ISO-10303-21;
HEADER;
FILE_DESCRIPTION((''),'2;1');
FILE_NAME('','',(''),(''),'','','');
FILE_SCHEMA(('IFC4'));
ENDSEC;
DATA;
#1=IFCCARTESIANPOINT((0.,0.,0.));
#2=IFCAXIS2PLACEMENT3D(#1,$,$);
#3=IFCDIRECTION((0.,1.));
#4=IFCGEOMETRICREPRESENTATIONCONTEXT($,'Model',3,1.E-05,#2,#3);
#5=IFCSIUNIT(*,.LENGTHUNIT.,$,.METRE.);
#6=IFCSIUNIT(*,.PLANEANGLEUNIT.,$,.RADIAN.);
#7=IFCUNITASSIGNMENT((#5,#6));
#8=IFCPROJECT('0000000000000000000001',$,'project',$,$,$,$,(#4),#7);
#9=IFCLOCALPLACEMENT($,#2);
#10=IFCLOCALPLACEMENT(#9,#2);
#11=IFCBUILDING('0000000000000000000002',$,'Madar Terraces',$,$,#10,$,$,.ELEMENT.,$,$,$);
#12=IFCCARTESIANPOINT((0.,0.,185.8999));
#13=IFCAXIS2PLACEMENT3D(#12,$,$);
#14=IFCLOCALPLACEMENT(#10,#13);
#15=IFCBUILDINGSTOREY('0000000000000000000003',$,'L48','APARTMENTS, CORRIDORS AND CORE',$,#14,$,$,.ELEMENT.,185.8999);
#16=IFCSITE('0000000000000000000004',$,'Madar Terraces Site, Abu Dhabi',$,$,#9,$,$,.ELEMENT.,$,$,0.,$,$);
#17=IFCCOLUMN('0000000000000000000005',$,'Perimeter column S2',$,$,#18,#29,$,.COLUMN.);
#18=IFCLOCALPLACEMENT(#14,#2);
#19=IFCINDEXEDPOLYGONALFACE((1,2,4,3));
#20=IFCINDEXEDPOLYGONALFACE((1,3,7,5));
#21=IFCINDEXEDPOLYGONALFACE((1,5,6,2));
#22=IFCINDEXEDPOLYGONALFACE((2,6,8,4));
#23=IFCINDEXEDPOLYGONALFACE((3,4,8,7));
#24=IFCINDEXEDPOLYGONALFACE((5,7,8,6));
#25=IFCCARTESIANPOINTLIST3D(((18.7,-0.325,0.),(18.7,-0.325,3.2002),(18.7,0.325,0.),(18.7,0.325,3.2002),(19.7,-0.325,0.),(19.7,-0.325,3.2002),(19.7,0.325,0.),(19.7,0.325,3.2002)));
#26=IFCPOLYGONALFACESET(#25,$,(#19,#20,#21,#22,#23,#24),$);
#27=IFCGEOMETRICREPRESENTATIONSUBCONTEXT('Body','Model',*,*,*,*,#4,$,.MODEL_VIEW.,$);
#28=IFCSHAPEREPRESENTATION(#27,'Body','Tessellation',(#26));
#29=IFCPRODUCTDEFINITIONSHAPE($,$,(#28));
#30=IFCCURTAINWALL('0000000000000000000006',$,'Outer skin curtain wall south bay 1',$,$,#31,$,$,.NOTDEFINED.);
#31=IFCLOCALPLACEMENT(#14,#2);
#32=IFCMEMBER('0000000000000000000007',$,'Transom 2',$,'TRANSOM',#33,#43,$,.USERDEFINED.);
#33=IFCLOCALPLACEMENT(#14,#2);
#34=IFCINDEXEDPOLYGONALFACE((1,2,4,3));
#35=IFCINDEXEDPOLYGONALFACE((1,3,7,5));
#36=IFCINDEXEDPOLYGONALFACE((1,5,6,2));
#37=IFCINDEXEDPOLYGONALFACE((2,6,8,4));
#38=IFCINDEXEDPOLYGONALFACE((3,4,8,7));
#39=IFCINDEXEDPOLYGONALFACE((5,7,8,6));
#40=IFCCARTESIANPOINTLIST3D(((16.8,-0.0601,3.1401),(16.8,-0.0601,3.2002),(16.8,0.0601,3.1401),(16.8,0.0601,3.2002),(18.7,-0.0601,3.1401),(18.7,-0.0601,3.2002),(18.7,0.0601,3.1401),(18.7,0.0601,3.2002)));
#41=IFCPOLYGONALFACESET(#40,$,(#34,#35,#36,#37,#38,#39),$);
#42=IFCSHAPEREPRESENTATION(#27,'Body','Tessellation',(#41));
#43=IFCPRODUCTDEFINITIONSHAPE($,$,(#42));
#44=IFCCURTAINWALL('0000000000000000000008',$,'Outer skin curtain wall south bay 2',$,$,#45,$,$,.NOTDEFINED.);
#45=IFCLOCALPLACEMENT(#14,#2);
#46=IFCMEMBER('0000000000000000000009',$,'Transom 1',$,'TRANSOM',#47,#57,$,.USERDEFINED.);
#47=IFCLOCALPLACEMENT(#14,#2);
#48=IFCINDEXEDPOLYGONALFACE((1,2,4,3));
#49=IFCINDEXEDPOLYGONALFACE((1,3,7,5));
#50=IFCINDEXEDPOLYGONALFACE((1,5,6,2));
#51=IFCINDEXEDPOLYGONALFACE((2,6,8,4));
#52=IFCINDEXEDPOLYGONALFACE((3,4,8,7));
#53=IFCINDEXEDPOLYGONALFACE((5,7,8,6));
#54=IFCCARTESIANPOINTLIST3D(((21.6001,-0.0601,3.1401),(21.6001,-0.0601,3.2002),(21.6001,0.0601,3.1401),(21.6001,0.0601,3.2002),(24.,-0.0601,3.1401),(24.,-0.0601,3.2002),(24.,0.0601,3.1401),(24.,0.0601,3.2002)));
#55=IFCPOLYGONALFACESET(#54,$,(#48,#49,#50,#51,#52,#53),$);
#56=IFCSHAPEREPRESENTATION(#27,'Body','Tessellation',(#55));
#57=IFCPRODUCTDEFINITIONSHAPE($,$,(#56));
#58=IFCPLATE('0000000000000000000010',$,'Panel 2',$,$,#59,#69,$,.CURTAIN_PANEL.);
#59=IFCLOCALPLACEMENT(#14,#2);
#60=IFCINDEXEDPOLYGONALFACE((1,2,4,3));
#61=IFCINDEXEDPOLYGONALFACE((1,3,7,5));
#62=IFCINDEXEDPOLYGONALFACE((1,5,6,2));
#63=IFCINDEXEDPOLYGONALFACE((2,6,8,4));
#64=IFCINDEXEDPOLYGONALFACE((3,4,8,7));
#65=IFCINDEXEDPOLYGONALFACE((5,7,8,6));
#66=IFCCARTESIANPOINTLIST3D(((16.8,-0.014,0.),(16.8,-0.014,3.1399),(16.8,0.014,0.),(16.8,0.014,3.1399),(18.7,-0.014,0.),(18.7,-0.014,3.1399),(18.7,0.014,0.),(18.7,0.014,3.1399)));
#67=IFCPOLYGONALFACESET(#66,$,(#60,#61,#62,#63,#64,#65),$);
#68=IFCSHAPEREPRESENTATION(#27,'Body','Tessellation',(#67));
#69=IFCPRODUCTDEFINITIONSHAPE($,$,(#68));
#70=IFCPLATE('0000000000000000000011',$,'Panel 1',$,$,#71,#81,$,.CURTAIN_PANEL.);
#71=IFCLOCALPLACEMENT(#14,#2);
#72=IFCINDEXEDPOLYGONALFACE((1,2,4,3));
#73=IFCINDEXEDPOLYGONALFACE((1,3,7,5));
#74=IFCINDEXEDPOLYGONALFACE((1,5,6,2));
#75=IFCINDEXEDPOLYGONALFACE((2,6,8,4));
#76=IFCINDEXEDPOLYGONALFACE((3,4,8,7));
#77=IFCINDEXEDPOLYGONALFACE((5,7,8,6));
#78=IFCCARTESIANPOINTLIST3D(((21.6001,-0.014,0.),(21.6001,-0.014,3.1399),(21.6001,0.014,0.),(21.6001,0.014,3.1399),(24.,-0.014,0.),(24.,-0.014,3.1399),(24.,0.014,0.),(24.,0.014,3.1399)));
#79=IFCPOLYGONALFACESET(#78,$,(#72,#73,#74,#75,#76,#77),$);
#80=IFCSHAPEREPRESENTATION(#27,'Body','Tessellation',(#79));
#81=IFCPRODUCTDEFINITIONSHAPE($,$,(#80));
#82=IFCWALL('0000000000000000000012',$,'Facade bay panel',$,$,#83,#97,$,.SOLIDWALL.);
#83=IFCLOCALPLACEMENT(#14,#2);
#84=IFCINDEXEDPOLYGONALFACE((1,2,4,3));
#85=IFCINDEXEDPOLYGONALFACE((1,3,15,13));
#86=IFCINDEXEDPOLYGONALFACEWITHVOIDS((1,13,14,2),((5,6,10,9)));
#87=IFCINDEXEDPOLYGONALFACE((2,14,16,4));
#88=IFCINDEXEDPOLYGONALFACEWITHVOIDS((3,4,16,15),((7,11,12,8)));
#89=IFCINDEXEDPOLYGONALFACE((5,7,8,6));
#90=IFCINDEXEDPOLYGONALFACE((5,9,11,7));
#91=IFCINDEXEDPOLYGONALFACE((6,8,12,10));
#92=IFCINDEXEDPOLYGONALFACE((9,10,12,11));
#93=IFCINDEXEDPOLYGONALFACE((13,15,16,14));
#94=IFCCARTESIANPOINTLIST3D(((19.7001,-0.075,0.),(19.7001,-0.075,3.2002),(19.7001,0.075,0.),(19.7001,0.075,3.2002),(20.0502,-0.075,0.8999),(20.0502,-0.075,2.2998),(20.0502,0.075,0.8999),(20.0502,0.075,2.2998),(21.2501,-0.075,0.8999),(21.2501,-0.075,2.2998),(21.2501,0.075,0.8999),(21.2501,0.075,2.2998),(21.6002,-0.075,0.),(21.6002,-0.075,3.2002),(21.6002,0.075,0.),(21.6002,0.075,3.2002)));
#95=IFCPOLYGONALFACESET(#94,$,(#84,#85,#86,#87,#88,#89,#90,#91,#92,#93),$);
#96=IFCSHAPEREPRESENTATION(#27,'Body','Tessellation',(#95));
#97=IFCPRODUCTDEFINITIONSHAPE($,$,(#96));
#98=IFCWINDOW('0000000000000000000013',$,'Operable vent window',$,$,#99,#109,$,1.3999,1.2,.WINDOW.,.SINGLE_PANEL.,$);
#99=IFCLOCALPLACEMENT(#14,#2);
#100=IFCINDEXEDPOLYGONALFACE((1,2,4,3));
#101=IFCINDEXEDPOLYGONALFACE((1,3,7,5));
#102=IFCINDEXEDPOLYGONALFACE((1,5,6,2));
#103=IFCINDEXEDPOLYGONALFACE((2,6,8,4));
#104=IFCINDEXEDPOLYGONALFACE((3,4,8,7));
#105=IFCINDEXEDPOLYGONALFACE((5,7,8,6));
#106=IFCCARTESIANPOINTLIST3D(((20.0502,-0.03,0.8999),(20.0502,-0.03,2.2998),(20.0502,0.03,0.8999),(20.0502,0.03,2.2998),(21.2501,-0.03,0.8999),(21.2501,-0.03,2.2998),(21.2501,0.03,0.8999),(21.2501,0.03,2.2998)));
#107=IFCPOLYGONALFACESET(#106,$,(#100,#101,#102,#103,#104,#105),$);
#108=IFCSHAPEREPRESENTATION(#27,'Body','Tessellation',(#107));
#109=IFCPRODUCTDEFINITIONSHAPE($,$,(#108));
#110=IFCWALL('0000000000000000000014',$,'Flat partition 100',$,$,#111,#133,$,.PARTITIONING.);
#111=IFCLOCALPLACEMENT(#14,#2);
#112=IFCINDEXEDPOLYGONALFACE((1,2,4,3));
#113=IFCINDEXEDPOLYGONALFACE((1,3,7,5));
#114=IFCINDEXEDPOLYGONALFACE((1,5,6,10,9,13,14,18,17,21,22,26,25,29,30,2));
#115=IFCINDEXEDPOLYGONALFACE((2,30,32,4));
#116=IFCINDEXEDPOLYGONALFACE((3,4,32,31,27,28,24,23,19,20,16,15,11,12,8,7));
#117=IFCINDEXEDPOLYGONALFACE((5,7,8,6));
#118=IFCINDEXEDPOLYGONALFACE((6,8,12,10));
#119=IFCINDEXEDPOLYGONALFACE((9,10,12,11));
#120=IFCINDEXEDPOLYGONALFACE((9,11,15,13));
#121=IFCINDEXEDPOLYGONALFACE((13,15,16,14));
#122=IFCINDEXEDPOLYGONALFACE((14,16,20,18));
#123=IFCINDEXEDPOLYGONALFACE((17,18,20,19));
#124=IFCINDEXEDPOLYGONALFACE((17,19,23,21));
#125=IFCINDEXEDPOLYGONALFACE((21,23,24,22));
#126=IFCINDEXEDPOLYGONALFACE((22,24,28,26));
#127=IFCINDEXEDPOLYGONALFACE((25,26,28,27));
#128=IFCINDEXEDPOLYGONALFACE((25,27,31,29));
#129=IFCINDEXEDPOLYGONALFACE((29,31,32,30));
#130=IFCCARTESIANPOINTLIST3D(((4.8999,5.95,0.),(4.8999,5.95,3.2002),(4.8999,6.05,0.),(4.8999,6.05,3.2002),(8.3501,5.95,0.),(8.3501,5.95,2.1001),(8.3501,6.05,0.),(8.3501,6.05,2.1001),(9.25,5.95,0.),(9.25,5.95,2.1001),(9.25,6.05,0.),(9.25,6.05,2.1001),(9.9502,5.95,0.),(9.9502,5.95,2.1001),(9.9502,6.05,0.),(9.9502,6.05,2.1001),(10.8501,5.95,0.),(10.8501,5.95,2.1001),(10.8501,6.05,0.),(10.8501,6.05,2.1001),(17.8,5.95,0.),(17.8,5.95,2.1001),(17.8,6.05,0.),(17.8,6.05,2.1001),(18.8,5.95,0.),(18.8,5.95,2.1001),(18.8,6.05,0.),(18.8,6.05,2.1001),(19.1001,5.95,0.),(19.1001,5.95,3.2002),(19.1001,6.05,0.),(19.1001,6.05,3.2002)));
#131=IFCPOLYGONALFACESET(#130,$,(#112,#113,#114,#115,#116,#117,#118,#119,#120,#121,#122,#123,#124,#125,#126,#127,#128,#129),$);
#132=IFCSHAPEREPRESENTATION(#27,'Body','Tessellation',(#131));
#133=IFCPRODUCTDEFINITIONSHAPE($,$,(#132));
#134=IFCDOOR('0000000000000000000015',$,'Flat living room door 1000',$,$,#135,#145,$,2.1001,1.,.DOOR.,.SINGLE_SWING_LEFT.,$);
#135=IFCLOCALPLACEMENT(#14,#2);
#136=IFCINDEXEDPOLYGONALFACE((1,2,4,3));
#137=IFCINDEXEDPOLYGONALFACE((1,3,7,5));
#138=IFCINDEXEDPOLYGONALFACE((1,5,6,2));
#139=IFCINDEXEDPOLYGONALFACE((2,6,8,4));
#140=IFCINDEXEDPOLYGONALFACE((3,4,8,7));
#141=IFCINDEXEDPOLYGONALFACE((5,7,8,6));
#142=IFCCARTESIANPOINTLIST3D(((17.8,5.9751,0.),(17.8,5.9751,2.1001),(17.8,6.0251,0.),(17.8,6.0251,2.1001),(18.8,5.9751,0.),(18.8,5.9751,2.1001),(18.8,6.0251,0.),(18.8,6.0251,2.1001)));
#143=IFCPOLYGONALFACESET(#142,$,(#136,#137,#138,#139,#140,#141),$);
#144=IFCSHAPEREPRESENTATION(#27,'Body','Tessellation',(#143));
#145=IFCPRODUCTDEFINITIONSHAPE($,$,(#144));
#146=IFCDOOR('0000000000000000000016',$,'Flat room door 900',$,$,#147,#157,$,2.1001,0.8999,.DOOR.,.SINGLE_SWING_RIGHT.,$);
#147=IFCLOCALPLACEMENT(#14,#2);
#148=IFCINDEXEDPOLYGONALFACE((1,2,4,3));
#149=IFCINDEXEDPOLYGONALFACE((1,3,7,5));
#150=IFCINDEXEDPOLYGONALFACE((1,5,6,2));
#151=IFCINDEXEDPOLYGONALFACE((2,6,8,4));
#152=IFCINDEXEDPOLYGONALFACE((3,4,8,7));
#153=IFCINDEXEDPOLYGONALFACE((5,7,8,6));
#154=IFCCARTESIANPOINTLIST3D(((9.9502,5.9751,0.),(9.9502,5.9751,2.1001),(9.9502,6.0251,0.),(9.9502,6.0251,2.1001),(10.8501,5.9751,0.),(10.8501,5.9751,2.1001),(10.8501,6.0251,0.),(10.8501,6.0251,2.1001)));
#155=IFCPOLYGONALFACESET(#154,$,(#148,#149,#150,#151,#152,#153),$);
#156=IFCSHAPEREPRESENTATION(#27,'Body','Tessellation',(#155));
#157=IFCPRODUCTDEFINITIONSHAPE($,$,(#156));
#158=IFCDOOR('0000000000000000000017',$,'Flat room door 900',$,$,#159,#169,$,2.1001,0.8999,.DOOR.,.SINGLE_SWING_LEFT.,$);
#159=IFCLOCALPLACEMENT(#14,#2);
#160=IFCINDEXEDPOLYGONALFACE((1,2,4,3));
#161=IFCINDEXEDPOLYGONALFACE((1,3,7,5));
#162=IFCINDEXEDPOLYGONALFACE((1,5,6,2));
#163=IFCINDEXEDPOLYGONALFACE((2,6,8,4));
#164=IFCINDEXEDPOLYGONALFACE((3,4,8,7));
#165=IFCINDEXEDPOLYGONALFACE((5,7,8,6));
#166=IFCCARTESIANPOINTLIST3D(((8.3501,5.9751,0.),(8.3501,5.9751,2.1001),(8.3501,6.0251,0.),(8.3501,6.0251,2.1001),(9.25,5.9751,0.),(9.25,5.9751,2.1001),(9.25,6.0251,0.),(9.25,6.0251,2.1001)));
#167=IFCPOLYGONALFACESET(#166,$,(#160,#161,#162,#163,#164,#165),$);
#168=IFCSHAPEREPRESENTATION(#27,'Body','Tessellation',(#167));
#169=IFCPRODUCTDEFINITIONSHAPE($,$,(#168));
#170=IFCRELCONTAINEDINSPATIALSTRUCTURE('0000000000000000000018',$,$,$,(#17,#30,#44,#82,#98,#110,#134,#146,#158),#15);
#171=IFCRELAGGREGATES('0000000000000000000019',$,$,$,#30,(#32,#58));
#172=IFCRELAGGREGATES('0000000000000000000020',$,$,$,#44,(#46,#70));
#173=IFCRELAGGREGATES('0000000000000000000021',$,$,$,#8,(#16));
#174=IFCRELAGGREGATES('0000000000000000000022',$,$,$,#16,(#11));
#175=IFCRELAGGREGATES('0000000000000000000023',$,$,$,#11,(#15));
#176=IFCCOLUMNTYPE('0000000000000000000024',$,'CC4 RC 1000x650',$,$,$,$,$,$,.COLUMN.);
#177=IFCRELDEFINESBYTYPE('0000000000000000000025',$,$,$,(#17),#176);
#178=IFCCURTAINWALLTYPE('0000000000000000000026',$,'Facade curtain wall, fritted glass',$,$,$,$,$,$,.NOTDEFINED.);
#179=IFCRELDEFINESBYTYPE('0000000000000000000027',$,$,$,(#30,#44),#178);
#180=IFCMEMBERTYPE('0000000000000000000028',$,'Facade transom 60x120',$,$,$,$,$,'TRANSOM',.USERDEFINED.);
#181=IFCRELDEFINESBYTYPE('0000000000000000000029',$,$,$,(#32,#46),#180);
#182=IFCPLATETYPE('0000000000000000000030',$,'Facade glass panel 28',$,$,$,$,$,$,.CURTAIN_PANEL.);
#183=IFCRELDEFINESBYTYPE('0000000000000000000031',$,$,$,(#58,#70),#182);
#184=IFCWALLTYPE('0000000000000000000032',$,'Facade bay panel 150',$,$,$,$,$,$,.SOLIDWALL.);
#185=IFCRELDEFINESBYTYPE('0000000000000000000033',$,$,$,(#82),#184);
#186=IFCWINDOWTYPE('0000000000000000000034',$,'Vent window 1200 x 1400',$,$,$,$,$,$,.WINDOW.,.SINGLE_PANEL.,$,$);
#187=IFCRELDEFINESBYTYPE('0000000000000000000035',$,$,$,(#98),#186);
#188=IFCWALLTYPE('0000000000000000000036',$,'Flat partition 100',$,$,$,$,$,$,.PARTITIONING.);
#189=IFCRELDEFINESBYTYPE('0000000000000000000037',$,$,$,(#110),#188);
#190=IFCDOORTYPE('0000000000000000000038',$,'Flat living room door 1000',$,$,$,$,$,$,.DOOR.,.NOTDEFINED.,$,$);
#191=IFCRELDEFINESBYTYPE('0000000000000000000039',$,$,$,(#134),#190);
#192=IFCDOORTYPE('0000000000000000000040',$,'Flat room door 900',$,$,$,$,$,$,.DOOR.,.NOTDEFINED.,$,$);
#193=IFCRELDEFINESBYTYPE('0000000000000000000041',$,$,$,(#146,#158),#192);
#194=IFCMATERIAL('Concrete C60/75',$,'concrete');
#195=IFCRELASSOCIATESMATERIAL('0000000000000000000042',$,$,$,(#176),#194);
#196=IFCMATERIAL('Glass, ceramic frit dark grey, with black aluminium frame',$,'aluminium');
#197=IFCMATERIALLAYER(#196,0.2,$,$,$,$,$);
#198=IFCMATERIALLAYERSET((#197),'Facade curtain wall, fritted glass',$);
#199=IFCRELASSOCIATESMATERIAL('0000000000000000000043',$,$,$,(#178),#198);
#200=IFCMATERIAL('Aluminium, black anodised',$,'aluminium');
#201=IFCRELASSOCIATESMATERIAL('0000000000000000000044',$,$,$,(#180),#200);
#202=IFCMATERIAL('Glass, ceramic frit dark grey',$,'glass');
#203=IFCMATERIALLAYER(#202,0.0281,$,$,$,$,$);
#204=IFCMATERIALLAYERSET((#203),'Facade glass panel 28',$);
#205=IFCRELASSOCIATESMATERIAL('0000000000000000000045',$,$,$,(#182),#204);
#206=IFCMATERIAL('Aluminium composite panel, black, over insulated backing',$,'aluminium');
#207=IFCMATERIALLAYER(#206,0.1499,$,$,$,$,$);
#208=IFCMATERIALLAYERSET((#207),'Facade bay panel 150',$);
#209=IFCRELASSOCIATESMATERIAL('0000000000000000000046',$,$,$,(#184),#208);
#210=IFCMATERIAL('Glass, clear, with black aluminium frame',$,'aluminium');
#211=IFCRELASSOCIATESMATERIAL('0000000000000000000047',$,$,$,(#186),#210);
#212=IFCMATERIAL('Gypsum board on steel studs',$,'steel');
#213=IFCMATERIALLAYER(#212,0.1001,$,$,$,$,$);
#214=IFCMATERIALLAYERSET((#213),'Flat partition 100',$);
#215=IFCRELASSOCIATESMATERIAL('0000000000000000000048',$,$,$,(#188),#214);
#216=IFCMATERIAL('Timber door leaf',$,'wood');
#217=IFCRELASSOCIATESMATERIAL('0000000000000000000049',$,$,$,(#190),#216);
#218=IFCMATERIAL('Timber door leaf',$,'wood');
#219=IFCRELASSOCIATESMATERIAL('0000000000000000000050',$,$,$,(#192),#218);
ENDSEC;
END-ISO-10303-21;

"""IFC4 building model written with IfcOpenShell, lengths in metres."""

from ifc_helpers import new_model, si_unit, direction, frame, frame_2d, origin, origin_2d, place, context, subcontext, project, spatial, rectangle, extrude, material, layer, layer_set, material_profile, profile_set, type_object, element, fill, aggregate, save


model = new_model("IFC4")

# Units and contexts
model_context = context("Model", 3, precision=1e-05, world=origin(), true_north=direction((0.0, 1.0)))
body_context = subcontext(model_context, "Body", "Model", "MODEL_VIEW")
ifc_project = project(units=[si_unit("LENGTHUNIT", "METRE"), si_unit("PLANEANGLEUNIT", "RADIAN")], contexts=[model_context])

# Site, building, storey
site_placement = place(None, origin())
site = spatial("IfcSite", under=ifc_project, at=site_placement, Name="Madar Terraces Site, Abu Dhabi", CompositionType="ELEMENT", RefElevation=0.0)
building_placement = place(site_placement, origin())
building = spatial("IfcBuilding", under=site, at=building_placement, Name="Madar Terraces", CompositionType="ELEMENT")
storey_placement = place(building_placement, frame((0.0, 0.0, 185.8999)))
storey = spatial("IfcBuildingStorey", under=building, at=storey_placement, Name="L48", Description="APARTMENTS, CORRIDORS AND CORE", CompositionType="ELEMENT", Elevation=185.8999)

# Column
ifc_material_1 = material(Name="Concrete C60/75", Category="concrete")
ifc_material_profile_1 = material_profile(ifc_material_1, rectangle(XDim=1.0, YDim=0.6499, at=origin_2d()), Name="CC4 RC 1000x650")
ifc_profile_set_1 = profile_set([ifc_material_profile_1], Name="Concrete C60/75")
column_type = type_object("IfcColumnType", Name="CC4 RC 1000x650", PredefinedType="COLUMN", material=ifc_profile_set_1)
column_placement = place(storey_placement, frame((19.2, 0.0, 0.0), z_axis=(0.0, 0.0, 1.0), x_axis=(1.0, 0.0, 0.0)))
element("IfcColumn", 1, at=column_placement, inside=storey, type_object=column_type, Name="Perimeter column S2", PredefinedType="COLUMN", context=body_context, shape_type="SweptSolid", body=[
    extrude(rectangle(XDim=1.0, YDim=0.6499, at=origin_2d()), origin(), (0.0, 0.0, 1.0), 3.2002),
])

# Curtain walls, members
ifc_material_2 = material(Name="Glass, ceramic frit dark grey, with black aluminium frame", Category="aluminium")
ifc_layer_1 = layer(ifc_material_2, 0.2)
ifc_layer_set_1 = layer_set([ifc_layer_1], Name="Facade curtain wall, fritted glass")
curtain_wall_type = type_object("IfcCurtainWallType", Name="Facade curtain wall, fritted glass", PredefinedType="NOTDEFINED", material=ifc_layer_set_1)
curtain_wall_1_placement = place(storey_placement, origin())
curtain_wall_1 = element("IfcCurtainWall", 2, at=curtain_wall_1_placement, inside=storey, type_object=curtain_wall_type, Name="Outer skin curtain wall south bay 1", PredefinedType="NOTDEFINED")
ifc_material_3 = material(Name="Aluminium, black anodised", Category="aluminium")
ifc_material_profile_2 = material_profile(ifc_material_3, rectangle(XDim=0.1201, YDim=0.0601, at=origin_2d()), Name="Facade transom 60x120")
ifc_profile_set_2 = profile_set([ifc_material_profile_2], Name="Aluminium, black anodised")
member_type = type_object("IfcMemberType", Name="Facade transom 60x120", ElementType="TRANSOM", PredefinedType="USERDEFINED", material=ifc_profile_set_2)
member_1_placement = place(storey_placement, frame((16.8, 0.0, 3.1702), z_axis=(1.0, 0.0, 0.0), x_axis=(0.0, 1.0, 0.0)))
member_1 = element("IfcMember", 3, at=member_1_placement, type_object=member_type, Name="Transom 2", ObjectType="TRANSOM", PredefinedType="USERDEFINED", context=body_context, shape_type="SweptSolid", body=[
    extrude(rectangle(XDim=0.1201, YDim=0.0601, at=origin_2d()), origin(), (0.0, 0.0, 1.0), 1.8999),
])
curtain_wall_2_placement = place(storey_placement, origin())
curtain_wall_2 = element("IfcCurtainWall", 4, at=curtain_wall_2_placement, inside=storey, type_object=curtain_wall_type, Name="Outer skin curtain wall south bay 2", PredefinedType="NOTDEFINED")
member_2_placement = place(storey_placement, frame((21.6001, 0.0, 3.1702), z_axis=(1.0, 0.0, 0.0), x_axis=(0.0, 1.0, 0.0)))
member_2 = element("IfcMember", 5, at=member_2_placement, type_object=member_type, Name="Transom 1", ObjectType="TRANSOM", PredefinedType="USERDEFINED", context=body_context, shape_type="SweptSolid", body=[
    extrude(rectangle(XDim=0.1201, YDim=0.0601, at=origin_2d()), origin(), (0.0, 0.0, 1.0), 2.3999),
])

# Plates
ifc_material_4 = material(Name="Glass, ceramic frit dark grey", Category="glass")
ifc_layer_2 = layer(ifc_material_4, 0.0281)
ifc_layer_set_2 = layer_set([ifc_layer_2], Name="Facade glass panel 28")
plate_type = type_object("IfcPlateType", Name="Facade glass panel 28", PredefinedType="CURTAIN_PANEL", material=ifc_layer_set_2)
plate_1_placement = place(storey_placement, frame((17.75, 0.0, 0.0), z_axis=(0.0, 0.0, 1.0), x_axis=(1.0, 0.0, 0.0)))
plate_1 = element("IfcPlate", 6, at=plate_1_placement, type_object=plate_type, Name="Panel 2", PredefinedType="CURTAIN_PANEL", context=body_context, shape_type="SweptSolid", body=[
    extrude(rectangle(XDim=1.8999, YDim=0.0281, at=origin_2d()), origin(), (0.0, 0.0, 1.0), 3.1399),
])
aggregate(curtain_wall_1, [member_1, plate_1])
plate_2_placement = place(storey_placement, frame((22.8, 0.0, 0.0), z_axis=(0.0, 0.0, 1.0), x_axis=(1.0, 0.0, 0.0)))
plate_2 = element("IfcPlate", 7, at=plate_2_placement, type_object=plate_type, Name="Panel 1", PredefinedType="CURTAIN_PANEL", context=body_context, shape_type="SweptSolid", body=[
    extrude(rectangle(XDim=2.3999, YDim=0.0281, at=origin_2d()), origin(), (0.0, 0.0, 1.0), 3.1399),
])
aggregate(curtain_wall_2, [member_2, plate_2])

# Wall, opening, window
ifc_material_5 = material(Name="Aluminium composite panel, black, over insulated backing", Category="aluminium")
ifc_layer_3 = layer(ifc_material_5, 0.1499)
ifc_layer_set_3 = layer_set([ifc_layer_3], Name="Facade bay panel 150")
wall_type_1 = type_object("IfcWallType", Name="Facade bay panel 150", PredefinedType="SOLIDWALL", material=ifc_layer_set_3)
wall_1_placement = place(storey_placement, frame((19.7, 0.0, 0.0), z_axis=(0.0, 0.0, 1.0), x_axis=(1.0, 0.0, 0.0)))
wall_1 = element("IfcWall", 8, at=wall_1_placement, inside=storey, type_object=wall_type_1, Name="Facade bay panel", PredefinedType="SOLIDWALL", context=body_context, shape_type="SweptSolid", body=[
    extrude(rectangle(XDim=1.9001, YDim=0.1499, at=frame_2d((0.9502, 0.0))), origin(), (0.0, 0.0, 1.0), 3.2002),
])
opening_1_placement = place(wall_1_placement, frame((0.3501, 0.0, 0.8999)))
opening_1 = element("IfcOpeningElement", 9, at=opening_1_placement, cuts=wall_1, PredefinedType="OPENING", context=body_context, shape_type="SweptSolid", body=[
    extrude(rectangle(XDim=1.2, YDim=1.3999, at=frame_2d((0.6001, 0.7))), frame((0.0, 0.085, 0.0), z_axis=(0.0, -1.0, 0.0), x_axis=(1.0, 0.0, 0.0)), (0.0, 0.0, 1.0), 0.1699),
])
ifc_material_6 = material(Name="Glass, clear, with black aluminium frame", Category="aluminium")
window_type = type_object("IfcWindowType", Name="Vent window 1200 x 1400", PartitioningType="SINGLE_PANEL", PredefinedType="WINDOW", material=ifc_material_6)
window_placement = place(opening_1_placement, origin())
window = element("IfcWindow", 10, at=window_placement, inside=storey, type_object=window_type, Name="Operable vent window", OverallHeight=1.3999, OverallWidth=1.2, PartitioningType="SINGLE_PANEL", PredefinedType="WINDOW", context=body_context, shape_type="SweptSolid", body=[
    extrude(rectangle(XDim=1.2, YDim=1.3999, at=frame_2d((0.6001, 0.7))), frame((0.0, 0.03, 0.0), z_axis=(0.0, -1.0, 0.0), x_axis=(1.0, 0.0, 0.0)), (0.0, 0.0, 1.0), 0.0601),
])
fill(opening_1, window)

# Wall, openings, doors
ifc_material_7 = material(Name="Gypsum board on steel studs", Category="steel")
ifc_layer_4 = layer(ifc_material_7, 0.1001)
ifc_layer_set_4 = layer_set([ifc_layer_4], Name="Flat partition 100")
wall_type_2 = type_object("IfcWallType", Name="Flat partition 100", PredefinedType="PARTITIONING", material=ifc_layer_set_4)
wall_2_placement = place(storey_placement, frame((19.1001, 6.0, 0.0), z_axis=(0.0, 0.0, 1.0), x_axis=(-1.0, 0.0, 0.0)))
wall_2 = element("IfcWall", 11, at=wall_2_placement, inside=storey, type_object=wall_type_2, Name="Flat partition 100", PredefinedType="PARTITIONING", context=body_context, shape_type="SweptSolid", body=[
    extrude(rectangle(XDim=14.2002, YDim=0.1001, at=frame_2d((7.1001, 0.0))), origin(), (0.0, 0.0, 1.0), 3.2002),
])
opening_2_placement = place(wall_2_placement, frame((0.3, 0.0, 0.0)))
opening_2 = element("IfcOpeningElement", 12, at=opening_2_placement, cuts=wall_2, PredefinedType="OPENING", context=body_context, shape_type="SweptSolid", body=[
    extrude(rectangle(XDim=1.0, YDim=2.1001, at=frame_2d((0.5, 1.05))), frame((0.0, 0.0601, 0.0), z_axis=(0.0, -1.0, 0.0), x_axis=(1.0, 0.0, 0.0)), (0.0, 0.0, 1.0), 0.1201),
])
opening_3_placement = place(wall_2_placement, frame((8.25, 0.0, 0.0)))
opening_3 = element("IfcOpeningElement", 13, at=opening_3_placement, cuts=wall_2, PredefinedType="OPENING", context=body_context, shape_type="SweptSolid", body=[
    extrude(rectangle(XDim=0.8999, YDim=2.1001, at=frame_2d((0.45, 1.05))), frame((0.0, 0.0601, 0.0), z_axis=(0.0, -1.0, 0.0), x_axis=(1.0, 0.0, 0.0)), (0.0, 0.0, 1.0), 0.1201),
])
opening_4_placement = place(wall_2_placement, frame((9.8501, 0.0, 0.0)))
opening_4 = element("IfcOpeningElement", 14, at=opening_4_placement, cuts=wall_2, PredefinedType="OPENING", context=body_context, shape_type="SweptSolid", body=[
    extrude(rectangle(XDim=0.8999, YDim=2.1001, at=frame_2d((0.45, 1.05))), frame((0.0, 0.0601, 0.0), z_axis=(0.0, -1.0, 0.0), x_axis=(1.0, 0.0, 0.0)), (0.0, 0.0, 1.0), 0.1201),
])
ifc_material_8 = material(Name="Timber door leaf", Category="wood")
door_type_1 = type_object("IfcDoorType", Name="Flat living room door 1000", OperationType="NOTDEFINED", PredefinedType="DOOR", material=ifc_material_8)
door_1_placement = place(opening_2_placement, origin())
door_1 = element("IfcDoor", 15, at=door_1_placement, inside=storey, type_object=door_type_1, Name="Flat living room door 1000", OperationType="SINGLE_SWING_LEFT", OverallHeight=2.1001, OverallWidth=1.0, PredefinedType="DOOR", context=body_context, shape_type="SweptSolid", body=[
    extrude(rectangle(XDim=1.0, YDim=2.1001, at=frame_2d((0.5, 1.05))), frame((0.0, 0.0249, 0.0), z_axis=(0.0, -1.0, 0.0), x_axis=(1.0, 0.0, 0.0)), (0.0, 0.0, 1.0), 0.05),
])
fill(opening_2, door_1)
ifc_material_9 = material(Name="Timber door leaf", Category="wood")
door_type_2 = type_object("IfcDoorType", Name="Flat room door 900", OperationType="NOTDEFINED", PredefinedType="DOOR", material=ifc_material_9)
door_2_placement = place(opening_3_placement, origin())
door_2 = element("IfcDoor", 16, at=door_2_placement, inside=storey, type_object=door_type_2, Name="Flat room door 900", OperationType="SINGLE_SWING_RIGHT", OverallHeight=2.1001, OverallWidth=0.8999, PredefinedType="DOOR", context=body_context, shape_type="SweptSolid", body=[
    extrude(rectangle(XDim=0.8999, YDim=2.1001, at=frame_2d((0.45, 1.05))), frame((0.0, 0.0249, 0.0), z_axis=(0.0, -1.0, 0.0), x_axis=(1.0, 0.0, 0.0)), (0.0, 0.0, 1.0), 0.05),
])
fill(opening_3, door_2)
door_3_placement = place(opening_4_placement, origin())
door_3 = element("IfcDoor", 17, at=door_3_placement, inside=storey, type_object=door_type_2, Name="Flat room door 900", OperationType="SINGLE_SWING_LEFT", OverallHeight=2.1001, OverallWidth=0.8999, PredefinedType="DOOR", context=body_context, shape_type="SweptSolid", body=[
    extrude(rectangle(XDim=0.8999, YDim=2.1001, at=frame_2d((0.45, 1.05))), frame((0.0, 0.0249, 0.0), z_axis=(0.0, -1.0, 0.0), x_axis=(1.0, 0.0, 0.0)), (0.0, 0.0, 1.0), 0.05),
])
fill(opening_4, door_3)

save(model, "model.ifc")
